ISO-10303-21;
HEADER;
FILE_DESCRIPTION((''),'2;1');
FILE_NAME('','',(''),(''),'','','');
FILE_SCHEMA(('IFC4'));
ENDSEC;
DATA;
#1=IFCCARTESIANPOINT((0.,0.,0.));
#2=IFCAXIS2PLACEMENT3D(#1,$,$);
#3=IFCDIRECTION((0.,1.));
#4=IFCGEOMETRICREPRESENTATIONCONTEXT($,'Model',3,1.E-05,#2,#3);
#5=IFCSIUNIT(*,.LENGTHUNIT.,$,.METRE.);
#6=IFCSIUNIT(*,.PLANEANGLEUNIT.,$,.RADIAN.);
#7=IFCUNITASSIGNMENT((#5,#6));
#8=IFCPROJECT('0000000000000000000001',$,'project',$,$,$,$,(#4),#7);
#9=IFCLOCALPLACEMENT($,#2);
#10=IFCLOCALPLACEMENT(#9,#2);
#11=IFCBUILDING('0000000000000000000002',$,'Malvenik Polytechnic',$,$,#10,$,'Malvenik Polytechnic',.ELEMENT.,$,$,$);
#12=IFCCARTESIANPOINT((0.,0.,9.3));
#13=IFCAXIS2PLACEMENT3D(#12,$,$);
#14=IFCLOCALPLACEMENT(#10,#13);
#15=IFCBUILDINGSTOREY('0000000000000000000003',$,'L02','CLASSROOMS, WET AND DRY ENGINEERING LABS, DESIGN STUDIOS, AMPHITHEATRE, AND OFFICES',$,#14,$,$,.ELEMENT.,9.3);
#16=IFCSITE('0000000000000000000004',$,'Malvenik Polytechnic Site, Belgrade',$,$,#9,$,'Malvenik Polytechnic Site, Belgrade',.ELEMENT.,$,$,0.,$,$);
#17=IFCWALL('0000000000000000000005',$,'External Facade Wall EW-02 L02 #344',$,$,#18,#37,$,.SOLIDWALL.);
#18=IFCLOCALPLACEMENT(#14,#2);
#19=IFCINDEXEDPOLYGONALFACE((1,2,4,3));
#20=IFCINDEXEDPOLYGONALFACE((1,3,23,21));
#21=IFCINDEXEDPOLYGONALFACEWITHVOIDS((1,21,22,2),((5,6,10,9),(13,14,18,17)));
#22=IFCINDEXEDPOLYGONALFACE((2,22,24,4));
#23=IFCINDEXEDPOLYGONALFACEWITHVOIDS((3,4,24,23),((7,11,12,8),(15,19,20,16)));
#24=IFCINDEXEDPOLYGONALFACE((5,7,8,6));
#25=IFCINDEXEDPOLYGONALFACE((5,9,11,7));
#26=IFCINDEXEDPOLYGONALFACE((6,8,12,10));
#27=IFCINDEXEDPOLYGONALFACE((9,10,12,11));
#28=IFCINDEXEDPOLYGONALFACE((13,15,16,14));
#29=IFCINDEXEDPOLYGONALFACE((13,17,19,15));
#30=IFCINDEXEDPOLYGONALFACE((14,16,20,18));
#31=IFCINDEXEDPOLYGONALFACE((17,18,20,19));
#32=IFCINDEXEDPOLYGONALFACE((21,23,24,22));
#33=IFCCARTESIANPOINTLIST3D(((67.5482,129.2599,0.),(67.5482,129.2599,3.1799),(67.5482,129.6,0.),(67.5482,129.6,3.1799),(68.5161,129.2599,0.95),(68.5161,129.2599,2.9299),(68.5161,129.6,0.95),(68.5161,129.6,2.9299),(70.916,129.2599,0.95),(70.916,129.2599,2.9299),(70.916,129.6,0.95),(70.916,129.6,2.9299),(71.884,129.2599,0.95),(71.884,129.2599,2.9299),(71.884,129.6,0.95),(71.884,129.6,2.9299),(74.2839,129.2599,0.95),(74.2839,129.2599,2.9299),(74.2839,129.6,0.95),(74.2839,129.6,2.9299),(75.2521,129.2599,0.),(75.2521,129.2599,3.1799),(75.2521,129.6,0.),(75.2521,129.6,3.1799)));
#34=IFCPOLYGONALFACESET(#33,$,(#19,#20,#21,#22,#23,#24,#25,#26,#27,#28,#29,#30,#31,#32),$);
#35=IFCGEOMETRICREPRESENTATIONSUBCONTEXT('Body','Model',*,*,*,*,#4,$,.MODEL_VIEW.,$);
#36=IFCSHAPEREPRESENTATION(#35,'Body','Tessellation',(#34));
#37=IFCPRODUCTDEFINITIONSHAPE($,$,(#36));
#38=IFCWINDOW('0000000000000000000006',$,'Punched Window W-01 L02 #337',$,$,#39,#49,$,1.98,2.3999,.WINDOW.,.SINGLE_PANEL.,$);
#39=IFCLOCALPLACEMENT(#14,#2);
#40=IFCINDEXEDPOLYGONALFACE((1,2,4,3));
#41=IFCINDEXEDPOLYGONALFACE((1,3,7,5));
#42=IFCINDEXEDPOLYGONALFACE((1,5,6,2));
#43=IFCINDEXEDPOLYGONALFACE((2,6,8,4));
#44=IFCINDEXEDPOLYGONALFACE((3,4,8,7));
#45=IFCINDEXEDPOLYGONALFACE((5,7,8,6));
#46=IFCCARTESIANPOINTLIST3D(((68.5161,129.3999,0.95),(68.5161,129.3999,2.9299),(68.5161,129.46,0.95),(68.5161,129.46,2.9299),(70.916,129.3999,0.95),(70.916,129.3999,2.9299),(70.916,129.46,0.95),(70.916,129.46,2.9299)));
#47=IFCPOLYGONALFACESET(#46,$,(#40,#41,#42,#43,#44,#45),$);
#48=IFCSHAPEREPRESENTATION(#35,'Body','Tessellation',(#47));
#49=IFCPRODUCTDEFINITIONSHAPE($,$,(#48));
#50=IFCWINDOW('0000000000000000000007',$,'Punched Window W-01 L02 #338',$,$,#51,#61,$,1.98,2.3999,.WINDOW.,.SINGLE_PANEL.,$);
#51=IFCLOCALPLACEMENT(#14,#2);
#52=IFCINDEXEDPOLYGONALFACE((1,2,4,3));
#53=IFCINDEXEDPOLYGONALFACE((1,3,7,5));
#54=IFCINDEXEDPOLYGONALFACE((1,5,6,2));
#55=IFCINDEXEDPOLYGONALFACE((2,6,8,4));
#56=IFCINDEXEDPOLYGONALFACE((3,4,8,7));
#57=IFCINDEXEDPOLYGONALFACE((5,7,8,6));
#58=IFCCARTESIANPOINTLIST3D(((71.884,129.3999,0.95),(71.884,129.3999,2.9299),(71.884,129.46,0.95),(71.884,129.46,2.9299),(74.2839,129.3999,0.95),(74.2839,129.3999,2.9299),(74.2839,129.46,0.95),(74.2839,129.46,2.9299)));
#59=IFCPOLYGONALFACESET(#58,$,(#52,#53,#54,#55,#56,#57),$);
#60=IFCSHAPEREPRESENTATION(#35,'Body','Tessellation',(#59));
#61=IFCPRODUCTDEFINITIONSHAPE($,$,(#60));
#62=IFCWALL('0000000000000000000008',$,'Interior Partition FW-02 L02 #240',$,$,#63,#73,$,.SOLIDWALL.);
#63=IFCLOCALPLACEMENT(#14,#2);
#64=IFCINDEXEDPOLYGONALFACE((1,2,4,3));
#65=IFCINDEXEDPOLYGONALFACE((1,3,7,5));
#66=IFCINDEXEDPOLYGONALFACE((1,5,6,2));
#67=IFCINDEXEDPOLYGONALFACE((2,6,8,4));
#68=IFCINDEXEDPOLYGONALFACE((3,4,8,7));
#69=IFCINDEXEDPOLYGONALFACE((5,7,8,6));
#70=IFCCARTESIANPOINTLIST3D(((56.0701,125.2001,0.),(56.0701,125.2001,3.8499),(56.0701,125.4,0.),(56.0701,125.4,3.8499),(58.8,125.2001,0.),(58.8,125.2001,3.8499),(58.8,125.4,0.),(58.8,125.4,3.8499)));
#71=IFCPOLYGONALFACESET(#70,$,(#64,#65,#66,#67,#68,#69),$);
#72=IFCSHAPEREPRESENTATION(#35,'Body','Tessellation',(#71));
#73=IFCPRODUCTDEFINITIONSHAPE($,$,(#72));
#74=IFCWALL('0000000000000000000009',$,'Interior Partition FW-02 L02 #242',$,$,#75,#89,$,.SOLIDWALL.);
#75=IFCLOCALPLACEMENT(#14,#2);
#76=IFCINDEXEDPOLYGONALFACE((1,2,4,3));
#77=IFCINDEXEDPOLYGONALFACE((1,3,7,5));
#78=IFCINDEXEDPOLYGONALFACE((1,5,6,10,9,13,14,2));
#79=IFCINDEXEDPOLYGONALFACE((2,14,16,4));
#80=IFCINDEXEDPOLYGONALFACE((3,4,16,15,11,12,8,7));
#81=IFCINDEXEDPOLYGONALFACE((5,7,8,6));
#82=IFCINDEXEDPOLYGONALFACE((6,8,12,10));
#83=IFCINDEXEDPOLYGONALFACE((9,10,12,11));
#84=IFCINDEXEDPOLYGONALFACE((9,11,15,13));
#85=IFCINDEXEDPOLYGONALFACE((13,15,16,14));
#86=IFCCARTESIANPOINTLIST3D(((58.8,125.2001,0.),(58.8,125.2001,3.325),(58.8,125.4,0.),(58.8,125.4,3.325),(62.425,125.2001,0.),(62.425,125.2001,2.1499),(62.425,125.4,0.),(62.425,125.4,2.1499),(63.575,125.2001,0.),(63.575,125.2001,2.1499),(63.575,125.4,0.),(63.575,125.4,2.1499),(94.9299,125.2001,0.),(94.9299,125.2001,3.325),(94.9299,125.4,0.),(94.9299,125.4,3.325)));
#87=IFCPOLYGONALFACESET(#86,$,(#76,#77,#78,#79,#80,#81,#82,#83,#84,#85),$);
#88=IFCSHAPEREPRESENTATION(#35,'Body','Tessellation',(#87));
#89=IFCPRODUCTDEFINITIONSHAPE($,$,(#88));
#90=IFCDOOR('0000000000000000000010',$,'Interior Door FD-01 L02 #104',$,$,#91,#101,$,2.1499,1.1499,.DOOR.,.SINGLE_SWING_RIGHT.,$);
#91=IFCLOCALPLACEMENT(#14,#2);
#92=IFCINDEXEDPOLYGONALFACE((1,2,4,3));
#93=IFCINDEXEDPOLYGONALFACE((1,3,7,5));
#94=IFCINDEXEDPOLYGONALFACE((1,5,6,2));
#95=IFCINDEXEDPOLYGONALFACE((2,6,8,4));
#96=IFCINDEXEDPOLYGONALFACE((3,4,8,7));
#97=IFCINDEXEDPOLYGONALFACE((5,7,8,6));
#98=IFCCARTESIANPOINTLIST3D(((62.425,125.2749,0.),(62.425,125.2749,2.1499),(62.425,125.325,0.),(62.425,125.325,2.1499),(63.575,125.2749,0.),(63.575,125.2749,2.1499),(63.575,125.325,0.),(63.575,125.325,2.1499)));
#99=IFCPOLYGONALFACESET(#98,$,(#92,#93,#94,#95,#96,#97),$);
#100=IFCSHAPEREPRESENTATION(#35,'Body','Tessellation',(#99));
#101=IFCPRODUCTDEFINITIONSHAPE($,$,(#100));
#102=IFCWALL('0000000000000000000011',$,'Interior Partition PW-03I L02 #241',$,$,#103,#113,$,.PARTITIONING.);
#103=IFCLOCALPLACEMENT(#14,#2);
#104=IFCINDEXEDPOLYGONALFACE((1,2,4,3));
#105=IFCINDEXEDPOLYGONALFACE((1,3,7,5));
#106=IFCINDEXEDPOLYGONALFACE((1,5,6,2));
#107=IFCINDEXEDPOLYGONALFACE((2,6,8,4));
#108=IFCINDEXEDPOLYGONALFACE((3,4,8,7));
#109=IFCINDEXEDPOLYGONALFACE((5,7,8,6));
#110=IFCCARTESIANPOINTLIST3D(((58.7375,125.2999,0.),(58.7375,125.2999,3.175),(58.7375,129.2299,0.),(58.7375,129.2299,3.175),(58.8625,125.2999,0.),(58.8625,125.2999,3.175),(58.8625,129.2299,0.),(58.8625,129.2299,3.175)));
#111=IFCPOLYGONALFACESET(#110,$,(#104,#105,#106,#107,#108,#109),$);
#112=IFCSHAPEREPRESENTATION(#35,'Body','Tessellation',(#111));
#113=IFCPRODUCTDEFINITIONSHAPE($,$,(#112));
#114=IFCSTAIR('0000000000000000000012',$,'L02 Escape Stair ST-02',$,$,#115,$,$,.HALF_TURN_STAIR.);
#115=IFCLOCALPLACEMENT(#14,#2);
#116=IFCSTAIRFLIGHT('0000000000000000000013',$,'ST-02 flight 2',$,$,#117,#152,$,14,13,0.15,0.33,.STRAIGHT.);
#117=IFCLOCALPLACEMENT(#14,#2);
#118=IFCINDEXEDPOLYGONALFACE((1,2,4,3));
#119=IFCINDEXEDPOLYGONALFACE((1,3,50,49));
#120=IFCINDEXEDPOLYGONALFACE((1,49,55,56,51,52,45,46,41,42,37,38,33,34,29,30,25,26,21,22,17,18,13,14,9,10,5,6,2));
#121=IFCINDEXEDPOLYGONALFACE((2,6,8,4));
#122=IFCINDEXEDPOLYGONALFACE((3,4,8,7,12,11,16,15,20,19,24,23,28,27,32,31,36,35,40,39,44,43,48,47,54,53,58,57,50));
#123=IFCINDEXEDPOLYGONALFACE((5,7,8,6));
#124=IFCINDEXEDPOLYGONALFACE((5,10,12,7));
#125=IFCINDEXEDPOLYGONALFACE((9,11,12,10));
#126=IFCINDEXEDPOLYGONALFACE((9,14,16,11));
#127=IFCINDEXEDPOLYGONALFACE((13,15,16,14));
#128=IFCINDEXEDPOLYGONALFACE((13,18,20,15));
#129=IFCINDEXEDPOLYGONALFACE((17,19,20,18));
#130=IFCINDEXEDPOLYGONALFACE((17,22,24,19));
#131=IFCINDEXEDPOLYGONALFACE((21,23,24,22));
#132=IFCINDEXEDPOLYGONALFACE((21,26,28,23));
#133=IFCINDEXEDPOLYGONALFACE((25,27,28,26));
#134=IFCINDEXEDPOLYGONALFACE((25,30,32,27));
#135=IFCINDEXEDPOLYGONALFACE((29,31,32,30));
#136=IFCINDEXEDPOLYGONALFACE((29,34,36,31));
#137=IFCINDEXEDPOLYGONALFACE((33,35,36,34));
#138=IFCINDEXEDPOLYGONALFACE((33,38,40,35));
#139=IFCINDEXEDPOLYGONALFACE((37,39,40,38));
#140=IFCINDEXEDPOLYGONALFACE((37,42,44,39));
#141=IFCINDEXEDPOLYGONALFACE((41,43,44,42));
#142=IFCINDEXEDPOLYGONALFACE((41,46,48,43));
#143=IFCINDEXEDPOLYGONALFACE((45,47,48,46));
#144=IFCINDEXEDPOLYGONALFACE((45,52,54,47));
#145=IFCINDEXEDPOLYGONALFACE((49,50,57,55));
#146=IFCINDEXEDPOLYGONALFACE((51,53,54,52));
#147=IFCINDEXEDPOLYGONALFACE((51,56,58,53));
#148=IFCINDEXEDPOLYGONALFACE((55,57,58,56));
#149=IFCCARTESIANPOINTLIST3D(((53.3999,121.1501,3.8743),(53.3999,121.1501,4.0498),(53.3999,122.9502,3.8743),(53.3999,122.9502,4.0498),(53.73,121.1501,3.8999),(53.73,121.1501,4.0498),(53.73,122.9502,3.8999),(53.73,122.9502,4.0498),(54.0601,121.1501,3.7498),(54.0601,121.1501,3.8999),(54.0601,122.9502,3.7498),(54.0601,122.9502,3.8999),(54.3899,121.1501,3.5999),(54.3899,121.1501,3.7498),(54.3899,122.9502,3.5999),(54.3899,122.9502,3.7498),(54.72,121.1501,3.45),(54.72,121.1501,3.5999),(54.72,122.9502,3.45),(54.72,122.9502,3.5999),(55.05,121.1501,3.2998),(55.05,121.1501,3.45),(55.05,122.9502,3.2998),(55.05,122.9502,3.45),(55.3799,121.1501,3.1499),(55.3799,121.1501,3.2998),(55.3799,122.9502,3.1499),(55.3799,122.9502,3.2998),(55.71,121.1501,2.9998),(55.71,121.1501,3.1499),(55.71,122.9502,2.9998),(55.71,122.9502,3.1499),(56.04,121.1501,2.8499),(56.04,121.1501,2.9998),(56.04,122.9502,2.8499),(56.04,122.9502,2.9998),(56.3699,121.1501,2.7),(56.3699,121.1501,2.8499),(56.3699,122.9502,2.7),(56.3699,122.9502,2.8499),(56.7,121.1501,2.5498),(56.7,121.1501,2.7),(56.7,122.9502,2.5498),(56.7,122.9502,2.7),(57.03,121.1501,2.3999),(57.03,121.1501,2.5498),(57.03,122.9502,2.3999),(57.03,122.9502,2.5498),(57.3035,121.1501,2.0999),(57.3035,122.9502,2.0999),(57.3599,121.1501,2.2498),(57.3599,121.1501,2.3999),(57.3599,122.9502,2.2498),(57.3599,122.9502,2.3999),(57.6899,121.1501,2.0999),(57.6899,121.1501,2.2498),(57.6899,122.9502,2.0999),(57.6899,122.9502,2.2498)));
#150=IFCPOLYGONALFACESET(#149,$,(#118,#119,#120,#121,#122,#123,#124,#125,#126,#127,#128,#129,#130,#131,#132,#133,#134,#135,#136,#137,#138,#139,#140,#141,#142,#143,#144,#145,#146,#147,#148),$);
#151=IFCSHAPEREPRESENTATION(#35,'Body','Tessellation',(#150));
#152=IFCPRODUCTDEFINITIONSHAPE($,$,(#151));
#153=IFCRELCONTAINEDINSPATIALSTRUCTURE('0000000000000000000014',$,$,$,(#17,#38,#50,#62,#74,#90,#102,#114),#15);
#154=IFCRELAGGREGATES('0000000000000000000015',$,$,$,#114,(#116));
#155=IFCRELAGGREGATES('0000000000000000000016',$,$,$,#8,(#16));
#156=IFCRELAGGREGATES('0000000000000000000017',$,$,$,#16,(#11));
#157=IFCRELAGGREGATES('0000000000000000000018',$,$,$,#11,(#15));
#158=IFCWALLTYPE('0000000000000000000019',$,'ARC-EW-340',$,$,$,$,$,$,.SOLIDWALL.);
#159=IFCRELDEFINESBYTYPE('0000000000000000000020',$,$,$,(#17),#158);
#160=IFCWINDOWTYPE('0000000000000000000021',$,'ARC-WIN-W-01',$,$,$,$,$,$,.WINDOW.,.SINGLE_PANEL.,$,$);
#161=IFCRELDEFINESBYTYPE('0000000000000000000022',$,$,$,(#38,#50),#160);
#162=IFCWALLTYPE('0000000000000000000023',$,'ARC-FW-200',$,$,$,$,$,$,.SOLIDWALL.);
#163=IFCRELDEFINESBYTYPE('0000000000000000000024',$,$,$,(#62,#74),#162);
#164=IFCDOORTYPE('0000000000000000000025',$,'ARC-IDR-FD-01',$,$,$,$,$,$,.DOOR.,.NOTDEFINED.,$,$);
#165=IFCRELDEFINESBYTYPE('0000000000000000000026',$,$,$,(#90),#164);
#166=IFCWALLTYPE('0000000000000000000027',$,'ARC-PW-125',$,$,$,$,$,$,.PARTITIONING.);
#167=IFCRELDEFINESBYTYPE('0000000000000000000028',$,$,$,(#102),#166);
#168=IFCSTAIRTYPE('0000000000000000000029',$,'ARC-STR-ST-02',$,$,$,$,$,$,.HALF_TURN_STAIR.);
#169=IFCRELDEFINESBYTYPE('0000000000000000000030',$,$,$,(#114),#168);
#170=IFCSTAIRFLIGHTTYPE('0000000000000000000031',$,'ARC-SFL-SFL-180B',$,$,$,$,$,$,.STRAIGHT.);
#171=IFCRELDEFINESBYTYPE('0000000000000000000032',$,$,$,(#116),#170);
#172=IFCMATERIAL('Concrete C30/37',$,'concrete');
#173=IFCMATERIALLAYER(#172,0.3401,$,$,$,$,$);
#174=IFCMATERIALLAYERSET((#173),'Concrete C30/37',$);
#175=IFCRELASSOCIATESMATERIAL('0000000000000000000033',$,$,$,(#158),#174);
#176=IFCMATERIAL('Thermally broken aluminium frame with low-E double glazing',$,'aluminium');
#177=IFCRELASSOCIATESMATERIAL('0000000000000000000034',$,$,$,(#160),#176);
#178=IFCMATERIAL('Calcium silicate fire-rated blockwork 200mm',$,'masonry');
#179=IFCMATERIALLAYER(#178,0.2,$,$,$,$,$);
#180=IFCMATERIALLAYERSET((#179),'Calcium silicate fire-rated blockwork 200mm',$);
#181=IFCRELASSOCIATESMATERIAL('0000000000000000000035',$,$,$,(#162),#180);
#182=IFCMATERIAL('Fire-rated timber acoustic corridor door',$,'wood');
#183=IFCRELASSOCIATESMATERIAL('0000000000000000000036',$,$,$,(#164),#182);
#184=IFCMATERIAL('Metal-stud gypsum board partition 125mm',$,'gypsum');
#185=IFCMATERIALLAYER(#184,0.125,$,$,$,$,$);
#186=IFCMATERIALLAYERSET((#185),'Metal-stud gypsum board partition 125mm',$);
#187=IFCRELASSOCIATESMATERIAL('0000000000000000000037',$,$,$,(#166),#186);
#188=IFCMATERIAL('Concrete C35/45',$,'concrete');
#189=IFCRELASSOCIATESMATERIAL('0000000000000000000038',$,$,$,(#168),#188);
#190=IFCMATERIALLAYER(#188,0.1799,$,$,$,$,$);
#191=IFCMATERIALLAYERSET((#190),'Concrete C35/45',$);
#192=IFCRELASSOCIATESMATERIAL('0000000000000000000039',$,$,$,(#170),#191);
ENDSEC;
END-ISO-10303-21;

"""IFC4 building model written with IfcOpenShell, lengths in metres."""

from ifc_helpers import new_model, si_unit, direction, frame, frame_2d, origin, place, context, subcontext, project, spatial, polyline, rectangle, outline, extrude, material, layer, layer_set, type_object, element, fill, aggregate, save


model = new_model("IFC4")

# Units and contexts
model_context = context("Model", 3, precision=1e-05, world=origin(), true_north=direction((0.0, 1.0)))
body_context = subcontext(model_context, "Body", "Model", "MODEL_VIEW")
ifc_project = project(units=[si_unit("LENGTHUNIT", "METRE"), si_unit("PLANEANGLEUNIT", "RADIAN")], contexts=[model_context])

# Site, building, storey
site_placement = place(None, origin())
site = spatial("IfcSite", under=ifc_project, at=site_placement, Name="Malvenik Polytechnic Site, Belgrade", LongName="Malvenik Polytechnic Site, Belgrade", CompositionType="ELEMENT", RefElevation=0.0)
building_placement = place(site_placement, origin())
building = spatial("IfcBuilding", under=site, at=building_placement, Name="Malvenik Polytechnic", LongName="Malvenik Polytechnic", CompositionType="ELEMENT")
storey_placement = place(building_placement, frame((0.0, 0.0, 9.3)))
storey = spatial("IfcBuildingStorey", under=building, at=storey_placement, Name="L02", Description="CLASSROOMS, WET AND DRY ENGINEERING LABS, DESIGN STUDIOS, AMPHITHEATRE, AND OFFICES", CompositionType="ELEMENT", Elevation=9.3)

# Shared definitions
ifc_material_1 = material(Name="Concrete C35/45", Category="concrete")

# Wall, openings, windows
ifc_material_2 = material(Name="Concrete C30/37", Category="concrete")
ifc_layer_1 = layer(ifc_material_2, 0.3401)
ifc_layer_set_1 = layer_set([ifc_layer_1], Name="Concrete C30/37")
wall_type_1 = type_object("IfcWallType", Name="ARC-EW-340", PredefinedType="SOLIDWALL", material=ifc_layer_set_1)
ifc_material_3 = material(Name="Thermally broken aluminium frame with low-E double glazing", Category="aluminium")
wall_1_placement = place(storey_placement, frame((67.5481, 129.4299, 0.0), z_axis=(0.0, 0.0, 1.0), x_axis=(1.0, 0.0, 0.0)))
wall_1 = element("IfcWall", 1, at=wall_1_placement, inside=storey, type_object=wall_type_1, Name="External Facade Wall EW-02 L02 #344", PredefinedType="SOLIDWALL", context=body_context, shape_type="SweptSolid", body=[
    extrude(rectangle(XDim=7.7039, YDim=0.3401, at=frame_2d((3.8521, 0.0))), origin(), (0.0, 0.0, 1.0), 3.1799),
])
opening_1_placement = place(wall_1_placement, frame((0.968, 0.0, 0.95)))
opening_1 = element("IfcOpeningElement", 2, at=opening_1_placement, cuts=wall_1, PredefinedType="OPENING", context=body_context, shape_type="SweptSolid", body=[
    extrude(rectangle(XDim=2.3999, YDim=1.98, at=frame_2d((1.2, 0.99))), frame((0.0, 0.1802, 0.0), z_axis=(0.0, -1.0, 0.0), x_axis=(1.0, 0.0, 0.0)), (0.0, 0.0, 1.0), 0.3601),
])
opening_2_placement = place(wall_1_placement, frame((4.3359, 0.0, 0.95)))
opening_2 = element("IfcOpeningElement", 3, at=opening_2_placement, cuts=wall_1, PredefinedType="OPENING", context=body_context, shape_type="SweptSolid", body=[
    extrude(rectangle(XDim=2.3999, YDim=1.98, at=frame_2d((1.2, 0.99))), frame((0.0, 0.1802, 0.0), z_axis=(0.0, -1.0, 0.0), x_axis=(1.0, 0.0, 0.0)), (0.0, 0.0, 1.0), 0.3601),
])
window_type_1 = type_object("IfcWindowType", Name="ARC-WIN-W-01", PartitioningType="SINGLE_PANEL", PredefinedType="WINDOW", material=ifc_material_3)
window_1_placement = place(opening_1_placement, origin())
window_1 = element("IfcWindow", 4, at=window_1_placement, inside=storey, type_object=window_type_1, Name="Punched Window W-01 L02 #337", OverallHeight=1.98, OverallWidth=2.3999, PartitioningType="SINGLE_PANEL", PredefinedType="WINDOW", context=body_context, shape_type="SweptSolid", body=[
    extrude(rectangle(XDim=2.3999, YDim=1.98, at=frame_2d((1.2, 0.99))), frame((0.0, 0.03, 0.0), z_axis=(0.0, -1.0, 0.0), x_axis=(1.0, 0.0, 0.0)), (0.0, 0.0, 1.0), 0.0601),
])
fill(opening_1, window_1)
window_2_placement = place(opening_2_placement, origin())
window_2 = element("IfcWindow", 5, at=window_2_placement, inside=storey, type_object=window_type_1, Name="Punched Window W-01 L02 #338", OverallHeight=1.98, OverallWidth=2.3999, PartitioningType="SINGLE_PANEL", PredefinedType="WINDOW", context=body_context, shape_type="SweptSolid", body=[
    extrude(rectangle(XDim=2.3999, YDim=1.98, at=frame_2d((1.2, 0.99))), frame((0.0, 0.03, 0.0), z_axis=(0.0, -1.0, 0.0), x_axis=(1.0, 0.0, 0.0)), (0.0, 0.0, 1.0), 0.0601),
])
fill(opening_2, window_2)

# Wall
ifc_material_4 = material(Name="Calcium silicate fire-rated blockwork 200mm", Category="masonry")
ifc_layer_2 = layer(ifc_material_4, 0.2)
ifc_layer_set_2 = layer_set([ifc_layer_2], Name="Calcium silicate fire-rated blockwork 200mm")
wall_type_2 = type_object("IfcWallType", Name="ARC-FW-200", PredefinedType="SOLIDWALL", material=ifc_layer_set_2)
wall_2_placement = place(storey_placement, frame((56.0701, 125.3, 0.0), z_axis=(0.0, 0.0, 1.0), x_axis=(1.0, 0.0, 0.0)))
element("IfcWall", 6, at=wall_2_placement, inside=storey, type_object=wall_type_2, Name="Interior Partition FW-02 L02 #240", PredefinedType="SOLIDWALL", context=body_context, shape_type="SweptSolid", body=[
    extrude(rectangle(XDim=2.73, YDim=0.2, at=frame_2d((1.365, 0.0))), origin(), (0.0, 0.0, 1.0), 3.8499),
])

# Wall, opening, door
wall_3_placement = place(storey_placement, frame((58.8, 125.3, 0.0), z_axis=(0.0, 0.0, 1.0), x_axis=(1.0, 0.0, 0.0)))
wall_3 = element("IfcWall", 7, at=wall_3_placement, inside=storey, type_object=wall_type_2, Name="Interior Partition FW-02 L02 #242", PredefinedType="SOLIDWALL", context=body_context, shape_type="SweptSolid", body=[
    extrude(rectangle(XDim=36.1299, YDim=0.2, at=frame_2d((18.0649, 0.0))), origin(), (0.0, 0.0, 1.0), 3.325),
])
opening_3_placement = place(wall_3_placement, frame((3.625, 0.0, 0.0)))
opening_3 = element("IfcOpeningElement", 8, at=opening_3_placement, cuts=wall_3, PredefinedType="OPENING", context=body_context, shape_type="SweptSolid", body=[
    extrude(rectangle(XDim=1.1499, YDim=2.1499, at=frame_2d((0.575, 1.075))), frame((0.0, 0.1099, 0.0), z_axis=(0.0, -1.0, 0.0), x_axis=(1.0, 0.0, 0.0)), (0.0, 0.0, 1.0), 0.22),
])
ifc_material_5 = material(Name="Fire-rated timber acoustic corridor door", Category="wood")
door_type_1 = type_object("IfcDoorType", Name="ARC-IDR-FD-01", OperationType="NOTDEFINED", PredefinedType="DOOR", material=ifc_material_5)
door_1_placement = place(opening_3_placement, origin())
door_1 = element("IfcDoor", 9, at=door_1_placement, inside=storey, type_object=door_type_1, Name="Interior Door FD-01 L02 #104", OperationType="SINGLE_SWING_RIGHT", OverallHeight=2.1499, OverallWidth=1.1499, PredefinedType="DOOR", context=body_context, shape_type="SweptSolid", body=[
    extrude(rectangle(XDim=1.1499, YDim=2.1499, at=frame_2d((0.575, 1.075))), frame((0.0, 0.0249, 0.0), z_axis=(0.0, -1.0, 0.0), x_axis=(1.0, 0.0, 0.0)), (0.0, 0.0, 1.0), 0.05),
])
fill(opening_3, door_1)

# Wall
ifc_material_6 = material(Name="Metal-stud gypsum board partition 125mm", Category="gypsum")
ifc_layer_3 = layer(ifc_material_6, 0.125)
ifc_layer_set_3 = layer_set([ifc_layer_3], Name="Metal-stud gypsum board partition 125mm")
wall_type_3 = type_object("IfcWallType", Name="ARC-PW-125", PredefinedType="PARTITIONING", material=ifc_layer_set_3)
wall_4_placement = place(storey_placement, frame((58.8, 125.3, 0.0), z_axis=(0.0, 0.0, 1.0), x_axis=(0.0, 1.0, 0.0)))
element("IfcWall", 10, at=wall_4_placement, inside=storey, type_object=wall_type_3, Name="Interior Partition PW-03I L02 #241", PredefinedType="PARTITIONING", context=body_context, shape_type="SweptSolid", body=[
    extrude(rectangle(XDim=3.9299, YDim=0.125, at=frame_2d((1.9648, 0.0))), origin(), (0.0, 0.0, 1.0), 3.175),
])

# Stair, stair flight
stair_type = type_object("IfcStairType", Name="ARC-STR-ST-02", PredefinedType="HALF_TURN_STAIR", material=ifc_material_1)
stair_placement = place(storey_placement, origin())
stair = element("IfcStair", 11, at=stair_placement, inside=storey, type_object=stair_type, Name="L02 Escape Stair ST-02", PredefinedType="HALF_TURN_STAIR")
ifc_layer_4 = layer(ifc_material_1, 0.1799)
ifc_layer_set_4 = layer_set([ifc_layer_4], Name="Concrete C35/45")
stair_flight_type = type_object("IfcStairFlightType", Name="ARC-SFL-SFL-180B", PredefinedType="STRAIGHT", material=ifc_layer_set_4)
stair_flight_placement = place(storey_placement, frame((57.6899, 122.05, 2.0999), z_axis=(0.0, 0.0, 1.0), x_axis=(-1.0, 0.0, 0.0)))
stair_flight = element("IfcStairFlight", 12, at=stair_flight_placement, type_object=stair_flight_type, Name="ST-02 flight 2", NumberOfRisers=14, NumberOfTreads=13, PredefinedType="STRAIGHT", RiserHeight=0.15, TreadLength=0.33, context=body_context, shape_type="SweptSolid", body=[
    extrude(outline(polyline([(0.0, 0.0), (0.0, 0.1499), (0.3301, 0.1499), (0.3301, 0.3), (0.6599, 0.3), (0.6599, 0.45), (0.99, 0.45), (0.99, 0.6001), (1.3201, 0.6001), (1.3201, 0.75), (1.6499, 0.75), (1.6499, 0.8999), (1.98, 0.8999), (1.98, 1.05), (2.3101, 1.05), (2.3101, 1.2), (2.6399, 1.2), (2.6399, 1.3501), (2.97, 1.3501), (2.97, 1.5), (3.3, 1.5), (3.3, 1.6499), (3.6299, 1.6499), (3.6299, 1.8), (3.96, 1.8), (3.96, 1.95), (4.29, 1.95), (4.29, 2.1001), (4.29, 1.7744), (0.3865, 0.0), (0.0, 0.0)])), frame((0.0, 0.8999, 0.0), z_axis=(0.0, -1.0, 0.0), x_axis=(1.0, 0.0, 0.0)), (0.0, 0.0, 1.0), 1.8),
])
aggregate(stair, [stair_flight])

save(model, "model.ifc")
